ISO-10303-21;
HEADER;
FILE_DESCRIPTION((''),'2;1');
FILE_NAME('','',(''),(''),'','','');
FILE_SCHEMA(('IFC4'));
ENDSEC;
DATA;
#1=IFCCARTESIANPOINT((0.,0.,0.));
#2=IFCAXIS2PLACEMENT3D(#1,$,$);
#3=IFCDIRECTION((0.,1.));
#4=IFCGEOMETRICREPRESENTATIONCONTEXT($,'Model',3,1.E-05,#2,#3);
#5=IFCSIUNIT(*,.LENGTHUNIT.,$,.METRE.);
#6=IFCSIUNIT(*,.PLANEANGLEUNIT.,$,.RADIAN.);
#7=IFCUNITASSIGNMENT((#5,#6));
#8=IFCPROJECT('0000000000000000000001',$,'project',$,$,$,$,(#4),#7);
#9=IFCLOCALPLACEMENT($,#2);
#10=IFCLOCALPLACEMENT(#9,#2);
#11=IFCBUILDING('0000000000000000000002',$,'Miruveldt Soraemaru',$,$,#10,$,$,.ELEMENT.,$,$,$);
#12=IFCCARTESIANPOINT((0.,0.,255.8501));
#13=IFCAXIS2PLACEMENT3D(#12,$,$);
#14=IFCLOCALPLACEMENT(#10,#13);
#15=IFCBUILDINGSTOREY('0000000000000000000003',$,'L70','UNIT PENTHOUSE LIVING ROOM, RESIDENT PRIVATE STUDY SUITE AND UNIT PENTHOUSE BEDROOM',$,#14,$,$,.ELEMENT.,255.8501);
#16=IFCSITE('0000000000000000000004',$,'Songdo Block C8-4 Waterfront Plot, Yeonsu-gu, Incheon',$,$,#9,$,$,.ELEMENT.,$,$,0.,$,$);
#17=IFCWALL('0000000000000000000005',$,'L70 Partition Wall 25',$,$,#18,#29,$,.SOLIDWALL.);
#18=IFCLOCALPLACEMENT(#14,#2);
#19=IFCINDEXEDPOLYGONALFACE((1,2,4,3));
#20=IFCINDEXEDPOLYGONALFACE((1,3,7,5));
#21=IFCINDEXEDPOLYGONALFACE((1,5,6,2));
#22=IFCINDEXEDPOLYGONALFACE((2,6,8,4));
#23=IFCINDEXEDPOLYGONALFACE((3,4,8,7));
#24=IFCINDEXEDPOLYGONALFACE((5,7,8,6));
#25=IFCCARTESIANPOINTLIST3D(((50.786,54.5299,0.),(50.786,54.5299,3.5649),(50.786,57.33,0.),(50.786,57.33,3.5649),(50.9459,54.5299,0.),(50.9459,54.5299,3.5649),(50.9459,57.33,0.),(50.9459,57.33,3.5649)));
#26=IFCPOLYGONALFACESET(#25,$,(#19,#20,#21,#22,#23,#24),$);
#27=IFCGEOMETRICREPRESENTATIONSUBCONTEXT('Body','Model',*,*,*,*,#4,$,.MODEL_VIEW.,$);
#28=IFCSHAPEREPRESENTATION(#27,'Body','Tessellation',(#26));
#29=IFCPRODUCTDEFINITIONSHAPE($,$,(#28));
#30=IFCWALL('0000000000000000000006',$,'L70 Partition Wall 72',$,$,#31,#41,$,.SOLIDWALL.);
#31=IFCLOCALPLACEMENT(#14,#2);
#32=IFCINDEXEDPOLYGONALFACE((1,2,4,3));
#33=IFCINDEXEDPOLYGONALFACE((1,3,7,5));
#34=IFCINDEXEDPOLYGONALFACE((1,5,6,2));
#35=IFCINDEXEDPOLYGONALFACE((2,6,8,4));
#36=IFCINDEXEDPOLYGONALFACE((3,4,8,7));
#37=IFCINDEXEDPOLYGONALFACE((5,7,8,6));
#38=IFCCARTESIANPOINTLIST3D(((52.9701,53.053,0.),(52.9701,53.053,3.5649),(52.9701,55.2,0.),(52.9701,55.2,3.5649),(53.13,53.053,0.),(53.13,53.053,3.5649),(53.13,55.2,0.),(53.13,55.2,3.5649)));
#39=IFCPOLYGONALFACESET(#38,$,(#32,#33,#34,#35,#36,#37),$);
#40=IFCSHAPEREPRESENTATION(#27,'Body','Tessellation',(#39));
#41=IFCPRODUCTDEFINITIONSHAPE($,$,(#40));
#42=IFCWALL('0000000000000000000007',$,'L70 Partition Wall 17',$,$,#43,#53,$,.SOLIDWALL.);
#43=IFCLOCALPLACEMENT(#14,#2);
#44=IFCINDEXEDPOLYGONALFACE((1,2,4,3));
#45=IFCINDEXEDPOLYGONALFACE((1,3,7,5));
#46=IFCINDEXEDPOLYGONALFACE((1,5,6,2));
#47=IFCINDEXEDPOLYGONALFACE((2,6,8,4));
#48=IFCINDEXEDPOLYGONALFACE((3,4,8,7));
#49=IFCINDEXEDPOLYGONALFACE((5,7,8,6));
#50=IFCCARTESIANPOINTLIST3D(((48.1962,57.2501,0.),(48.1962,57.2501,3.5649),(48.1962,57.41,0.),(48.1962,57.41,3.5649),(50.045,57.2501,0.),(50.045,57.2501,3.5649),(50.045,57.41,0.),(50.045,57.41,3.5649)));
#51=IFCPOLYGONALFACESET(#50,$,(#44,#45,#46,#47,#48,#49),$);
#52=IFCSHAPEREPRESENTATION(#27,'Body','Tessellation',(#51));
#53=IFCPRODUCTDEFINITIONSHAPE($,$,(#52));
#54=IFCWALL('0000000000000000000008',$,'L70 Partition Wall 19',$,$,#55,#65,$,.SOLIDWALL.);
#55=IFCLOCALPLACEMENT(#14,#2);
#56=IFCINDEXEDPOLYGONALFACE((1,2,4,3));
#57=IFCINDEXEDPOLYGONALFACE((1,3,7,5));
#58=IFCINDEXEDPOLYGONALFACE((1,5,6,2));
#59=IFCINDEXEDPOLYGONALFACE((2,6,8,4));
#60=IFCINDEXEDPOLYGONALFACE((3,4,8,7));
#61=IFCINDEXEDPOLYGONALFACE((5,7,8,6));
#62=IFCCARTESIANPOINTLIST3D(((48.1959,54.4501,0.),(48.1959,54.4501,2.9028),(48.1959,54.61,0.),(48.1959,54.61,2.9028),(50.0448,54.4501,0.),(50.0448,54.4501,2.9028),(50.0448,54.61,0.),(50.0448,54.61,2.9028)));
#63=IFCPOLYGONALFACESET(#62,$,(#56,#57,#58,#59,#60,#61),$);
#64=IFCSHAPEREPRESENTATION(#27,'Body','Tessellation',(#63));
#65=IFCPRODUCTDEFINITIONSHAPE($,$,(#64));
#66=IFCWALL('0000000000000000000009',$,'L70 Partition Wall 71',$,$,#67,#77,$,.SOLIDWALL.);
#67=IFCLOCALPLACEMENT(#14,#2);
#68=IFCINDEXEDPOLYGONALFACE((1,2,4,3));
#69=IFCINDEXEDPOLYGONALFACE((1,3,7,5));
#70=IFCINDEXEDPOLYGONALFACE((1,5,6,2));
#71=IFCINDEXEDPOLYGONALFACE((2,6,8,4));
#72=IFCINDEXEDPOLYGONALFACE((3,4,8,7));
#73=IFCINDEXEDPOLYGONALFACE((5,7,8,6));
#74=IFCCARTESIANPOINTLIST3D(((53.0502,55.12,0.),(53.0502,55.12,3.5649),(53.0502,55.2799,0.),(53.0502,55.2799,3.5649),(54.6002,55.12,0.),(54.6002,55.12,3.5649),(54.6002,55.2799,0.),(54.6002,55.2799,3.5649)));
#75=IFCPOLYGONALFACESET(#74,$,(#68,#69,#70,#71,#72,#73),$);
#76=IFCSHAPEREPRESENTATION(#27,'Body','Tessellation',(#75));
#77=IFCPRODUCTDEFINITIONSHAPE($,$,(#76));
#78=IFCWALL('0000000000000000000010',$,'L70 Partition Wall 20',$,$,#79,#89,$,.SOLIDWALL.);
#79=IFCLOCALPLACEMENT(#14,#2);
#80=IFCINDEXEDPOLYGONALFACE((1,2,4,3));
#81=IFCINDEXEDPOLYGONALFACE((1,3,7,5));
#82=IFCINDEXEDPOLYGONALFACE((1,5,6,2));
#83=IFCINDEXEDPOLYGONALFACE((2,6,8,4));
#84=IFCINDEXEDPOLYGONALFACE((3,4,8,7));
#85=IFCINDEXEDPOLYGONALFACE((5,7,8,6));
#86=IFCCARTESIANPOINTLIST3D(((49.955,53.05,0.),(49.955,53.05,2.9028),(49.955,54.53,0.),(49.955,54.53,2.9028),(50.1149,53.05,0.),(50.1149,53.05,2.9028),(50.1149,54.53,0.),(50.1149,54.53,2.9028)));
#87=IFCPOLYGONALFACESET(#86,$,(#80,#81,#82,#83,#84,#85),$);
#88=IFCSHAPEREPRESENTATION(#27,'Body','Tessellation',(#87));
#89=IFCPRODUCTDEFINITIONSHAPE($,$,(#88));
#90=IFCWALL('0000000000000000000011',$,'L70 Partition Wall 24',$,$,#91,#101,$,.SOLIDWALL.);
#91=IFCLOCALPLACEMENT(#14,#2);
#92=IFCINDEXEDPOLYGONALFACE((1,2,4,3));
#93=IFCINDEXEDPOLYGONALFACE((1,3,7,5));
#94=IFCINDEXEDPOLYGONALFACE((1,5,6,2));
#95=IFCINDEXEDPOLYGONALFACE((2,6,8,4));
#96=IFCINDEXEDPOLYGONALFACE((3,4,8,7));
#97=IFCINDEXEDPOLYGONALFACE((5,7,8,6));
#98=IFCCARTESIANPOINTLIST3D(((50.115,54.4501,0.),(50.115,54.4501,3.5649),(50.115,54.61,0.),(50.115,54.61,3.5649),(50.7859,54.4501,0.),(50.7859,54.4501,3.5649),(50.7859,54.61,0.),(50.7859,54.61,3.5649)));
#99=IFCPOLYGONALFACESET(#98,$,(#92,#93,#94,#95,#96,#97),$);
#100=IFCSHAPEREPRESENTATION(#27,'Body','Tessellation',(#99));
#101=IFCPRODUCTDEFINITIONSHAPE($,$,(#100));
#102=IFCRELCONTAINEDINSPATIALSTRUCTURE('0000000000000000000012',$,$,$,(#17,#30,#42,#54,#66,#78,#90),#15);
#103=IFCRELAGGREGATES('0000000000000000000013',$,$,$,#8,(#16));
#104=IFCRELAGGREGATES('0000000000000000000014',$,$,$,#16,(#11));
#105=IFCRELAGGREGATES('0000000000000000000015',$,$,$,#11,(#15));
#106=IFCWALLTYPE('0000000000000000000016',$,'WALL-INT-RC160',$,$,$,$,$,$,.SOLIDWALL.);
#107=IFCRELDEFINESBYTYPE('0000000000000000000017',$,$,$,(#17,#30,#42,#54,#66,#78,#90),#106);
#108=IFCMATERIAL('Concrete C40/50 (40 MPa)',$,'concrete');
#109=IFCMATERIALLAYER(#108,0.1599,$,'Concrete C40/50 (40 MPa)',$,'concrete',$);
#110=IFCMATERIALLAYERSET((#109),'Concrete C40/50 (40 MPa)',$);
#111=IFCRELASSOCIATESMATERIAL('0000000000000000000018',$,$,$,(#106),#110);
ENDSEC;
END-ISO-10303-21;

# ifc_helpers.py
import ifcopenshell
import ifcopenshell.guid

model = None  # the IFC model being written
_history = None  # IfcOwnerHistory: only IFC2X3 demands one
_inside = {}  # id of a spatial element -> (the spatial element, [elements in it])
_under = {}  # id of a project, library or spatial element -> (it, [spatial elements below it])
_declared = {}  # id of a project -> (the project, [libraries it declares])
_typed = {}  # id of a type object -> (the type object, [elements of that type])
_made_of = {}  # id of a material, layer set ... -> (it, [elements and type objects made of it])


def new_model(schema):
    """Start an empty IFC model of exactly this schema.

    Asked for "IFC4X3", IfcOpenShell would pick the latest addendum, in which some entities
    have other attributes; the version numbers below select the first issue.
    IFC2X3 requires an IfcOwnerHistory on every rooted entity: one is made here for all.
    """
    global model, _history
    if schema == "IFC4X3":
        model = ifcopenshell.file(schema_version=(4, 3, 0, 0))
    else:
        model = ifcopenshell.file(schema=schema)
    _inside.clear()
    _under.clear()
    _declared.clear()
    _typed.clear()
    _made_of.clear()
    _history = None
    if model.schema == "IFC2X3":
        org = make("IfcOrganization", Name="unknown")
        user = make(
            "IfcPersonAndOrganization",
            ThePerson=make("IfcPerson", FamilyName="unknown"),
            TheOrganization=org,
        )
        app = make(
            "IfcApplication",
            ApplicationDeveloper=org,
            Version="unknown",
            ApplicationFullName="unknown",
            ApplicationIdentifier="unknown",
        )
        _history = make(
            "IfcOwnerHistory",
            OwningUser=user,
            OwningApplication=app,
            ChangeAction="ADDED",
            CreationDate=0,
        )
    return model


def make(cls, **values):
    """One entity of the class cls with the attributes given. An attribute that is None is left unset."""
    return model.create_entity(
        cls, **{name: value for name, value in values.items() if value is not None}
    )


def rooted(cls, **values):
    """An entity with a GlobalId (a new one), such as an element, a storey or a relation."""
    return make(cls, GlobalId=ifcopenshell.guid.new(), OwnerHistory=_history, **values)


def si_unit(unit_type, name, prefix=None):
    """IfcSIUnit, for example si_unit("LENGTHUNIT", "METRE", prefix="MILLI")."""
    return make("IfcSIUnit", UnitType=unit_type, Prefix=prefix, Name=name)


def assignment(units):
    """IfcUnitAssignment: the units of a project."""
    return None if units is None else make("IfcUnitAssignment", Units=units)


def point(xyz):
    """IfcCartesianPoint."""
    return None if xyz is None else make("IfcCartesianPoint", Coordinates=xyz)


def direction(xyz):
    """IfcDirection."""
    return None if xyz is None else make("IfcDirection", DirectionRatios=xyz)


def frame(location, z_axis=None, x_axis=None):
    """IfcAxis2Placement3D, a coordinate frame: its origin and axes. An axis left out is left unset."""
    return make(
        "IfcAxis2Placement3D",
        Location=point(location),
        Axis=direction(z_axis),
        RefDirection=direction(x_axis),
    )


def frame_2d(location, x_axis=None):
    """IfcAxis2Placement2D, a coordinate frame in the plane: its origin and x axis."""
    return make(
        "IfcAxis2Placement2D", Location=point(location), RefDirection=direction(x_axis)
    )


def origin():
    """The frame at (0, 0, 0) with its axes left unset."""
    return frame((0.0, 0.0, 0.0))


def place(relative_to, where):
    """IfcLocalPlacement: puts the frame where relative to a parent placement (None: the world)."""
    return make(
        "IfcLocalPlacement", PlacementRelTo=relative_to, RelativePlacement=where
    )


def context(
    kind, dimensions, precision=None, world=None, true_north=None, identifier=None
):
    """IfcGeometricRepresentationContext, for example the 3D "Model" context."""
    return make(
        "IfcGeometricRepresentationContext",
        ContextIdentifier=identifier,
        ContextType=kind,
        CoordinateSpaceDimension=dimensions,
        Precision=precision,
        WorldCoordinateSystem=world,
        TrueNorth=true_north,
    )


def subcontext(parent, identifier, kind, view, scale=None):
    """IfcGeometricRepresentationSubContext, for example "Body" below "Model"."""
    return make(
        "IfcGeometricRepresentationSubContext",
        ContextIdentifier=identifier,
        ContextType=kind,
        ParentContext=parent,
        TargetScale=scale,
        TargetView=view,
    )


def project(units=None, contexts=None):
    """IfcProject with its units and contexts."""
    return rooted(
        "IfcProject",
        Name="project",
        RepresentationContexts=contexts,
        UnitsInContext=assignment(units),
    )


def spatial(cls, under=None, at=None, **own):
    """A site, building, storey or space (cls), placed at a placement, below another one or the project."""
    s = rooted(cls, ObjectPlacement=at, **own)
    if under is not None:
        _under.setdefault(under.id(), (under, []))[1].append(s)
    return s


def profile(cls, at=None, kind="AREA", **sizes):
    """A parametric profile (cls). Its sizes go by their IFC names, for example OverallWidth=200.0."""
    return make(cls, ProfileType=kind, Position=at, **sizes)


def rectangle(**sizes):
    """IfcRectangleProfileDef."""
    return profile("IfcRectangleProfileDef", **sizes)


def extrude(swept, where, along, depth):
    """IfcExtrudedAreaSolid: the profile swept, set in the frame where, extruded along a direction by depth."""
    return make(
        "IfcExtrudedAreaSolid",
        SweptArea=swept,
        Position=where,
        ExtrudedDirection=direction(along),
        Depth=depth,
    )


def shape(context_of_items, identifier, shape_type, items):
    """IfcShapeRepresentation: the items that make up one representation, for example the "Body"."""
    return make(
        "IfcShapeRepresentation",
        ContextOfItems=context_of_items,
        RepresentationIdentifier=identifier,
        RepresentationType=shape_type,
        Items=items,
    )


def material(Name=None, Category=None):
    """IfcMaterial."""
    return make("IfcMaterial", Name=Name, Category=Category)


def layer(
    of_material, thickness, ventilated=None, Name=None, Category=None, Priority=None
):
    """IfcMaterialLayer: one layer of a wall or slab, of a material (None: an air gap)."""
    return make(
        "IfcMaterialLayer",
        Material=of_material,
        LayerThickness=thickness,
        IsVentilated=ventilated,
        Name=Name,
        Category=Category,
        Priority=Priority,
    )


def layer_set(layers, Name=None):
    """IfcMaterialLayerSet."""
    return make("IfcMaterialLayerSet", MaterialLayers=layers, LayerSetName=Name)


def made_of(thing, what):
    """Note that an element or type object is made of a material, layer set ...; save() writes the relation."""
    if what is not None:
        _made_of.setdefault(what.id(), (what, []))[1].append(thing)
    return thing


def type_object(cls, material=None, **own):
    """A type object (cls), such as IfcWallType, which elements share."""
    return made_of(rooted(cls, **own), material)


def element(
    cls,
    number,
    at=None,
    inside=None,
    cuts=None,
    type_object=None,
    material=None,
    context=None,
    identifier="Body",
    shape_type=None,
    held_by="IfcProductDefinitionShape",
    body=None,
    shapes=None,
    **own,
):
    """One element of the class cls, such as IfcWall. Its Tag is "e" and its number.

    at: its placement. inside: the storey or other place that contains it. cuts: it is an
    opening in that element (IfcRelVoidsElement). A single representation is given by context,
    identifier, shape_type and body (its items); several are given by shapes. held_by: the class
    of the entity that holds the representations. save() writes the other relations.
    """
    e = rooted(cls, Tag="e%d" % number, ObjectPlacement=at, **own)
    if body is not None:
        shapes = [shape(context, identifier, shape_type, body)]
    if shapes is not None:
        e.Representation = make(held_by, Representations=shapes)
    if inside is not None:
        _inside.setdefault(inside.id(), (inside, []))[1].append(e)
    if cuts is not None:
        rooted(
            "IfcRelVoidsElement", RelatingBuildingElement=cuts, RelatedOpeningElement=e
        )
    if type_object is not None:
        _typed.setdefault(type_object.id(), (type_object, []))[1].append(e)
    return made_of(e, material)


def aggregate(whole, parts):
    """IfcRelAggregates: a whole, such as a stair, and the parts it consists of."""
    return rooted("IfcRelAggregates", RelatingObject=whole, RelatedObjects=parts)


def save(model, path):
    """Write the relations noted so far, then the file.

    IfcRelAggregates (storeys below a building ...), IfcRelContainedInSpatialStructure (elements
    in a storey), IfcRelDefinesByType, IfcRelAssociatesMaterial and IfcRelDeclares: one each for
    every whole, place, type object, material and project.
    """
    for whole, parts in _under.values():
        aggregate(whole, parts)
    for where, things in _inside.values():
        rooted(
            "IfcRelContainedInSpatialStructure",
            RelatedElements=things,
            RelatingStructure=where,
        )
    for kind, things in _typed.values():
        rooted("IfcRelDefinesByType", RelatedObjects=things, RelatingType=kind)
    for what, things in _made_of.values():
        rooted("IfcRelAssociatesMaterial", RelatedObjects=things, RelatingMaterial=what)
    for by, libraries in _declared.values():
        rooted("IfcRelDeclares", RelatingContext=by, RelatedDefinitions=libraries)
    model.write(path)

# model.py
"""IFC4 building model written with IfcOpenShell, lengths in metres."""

from ifc_helpers import new_model, si_unit, direction, frame, frame_2d, origin, place, context, subcontext, project, spatial, rectangle, extrude, material, layer, layer_set, type_object, element, save


model = new_model("IFC4")

# Units and contexts
model_context = context("Model", 3, precision=1e-05, world=origin(), true_north=direction((0.0, 1.0)))
body_context = subcontext(model_context, "Body", "Model", "MODEL_VIEW")
ifc_project = project(units=[si_unit("LENGTHUNIT", "METRE"), si_unit("PLANEANGLEUNIT", "RADIAN")], contexts=[model_context])

# Site, building, storey
site_placement = place(None, origin())
site = spatial("IfcSite", under=ifc_project, at=site_placement, Name="Songdo Block C8-4 Waterfront Plot, Yeonsu-gu, Incheon", CompositionType="ELEMENT", RefElevation=0.0)
building_placement = place(site_placement, origin())
building = spatial("IfcBuilding", under=site, at=building_placement, Name="Miruveldt Soraemaru", CompositionType="ELEMENT")
storey_placement = place(building_placement, frame((0.0, 0.0, 255.8501)))
storey = spatial("IfcBuildingStorey", under=building, at=storey_placement, Name="L70", Description="UNIT PENTHOUSE LIVING ROOM, RESIDENT PRIVATE STUDY SUITE AND UNIT PENTHOUSE BEDROOM", CompositionType="ELEMENT", Elevation=255.8501)

# Shared definitions
ifc_material_1 = material(Name="Concrete C40/50 (40 MPa)", Category="concrete")
ifc_layer_1 = layer(ifc_material_1, 0.1599, Name="Concrete C40/50 (40 MPa)", Category="concrete")
ifc_layer_set_1 = layer_set([ifc_layer_1], Name="Concrete C40/50 (40 MPa)")
wall_type_1 = type_object("IfcWallType", Name="WALL-INT-RC160", PredefinedType="SOLIDWALL", material=ifc_layer_set_1)

# Walls
wall_1_placement = place(storey_placement, frame((50.866, 54.53, 0.0), z_axis=(0.0, 0.0, 1.0), x_axis=(0.0, 1.0, 0.0)))
element("IfcWall", 1, at=wall_1_placement, inside=storey, type_object=wall_type_1, Name="L70 Partition Wall 25", PredefinedType="SOLIDWALL", context=body_context, shape_type="SweptSolid", body=[
    extrude(rectangle(XDim=2.8, YDim=0.1599, at=frame_2d((1.3999, 0.0))), origin(), (0.0, 0.0, 1.0), 3.5649),
])
wall_2_placement = place(storey_placement, frame((53.05, 55.2, 0.0), z_axis=(0.0, 0.0, 1.0), x_axis=(0.0, -1.0, 0.0)))
element("IfcWall", 2, at=wall_2_placement, inside=storey, type_object=wall_type_1, Name="L70 Partition Wall 72", PredefinedType="SOLIDWALL", context=body_context, shape_type="SweptSolid", body=[
    extrude(rectangle(XDim=2.147, YDim=0.1599, at=frame_2d((1.0735, 0.0))), origin(), (0.0, 0.0, 1.0), 3.5649),
])
wall_3_placement = place(storey_placement, frame((50.0449, 57.3301, 0.0), z_axis=(0.0, 0.0, 1.0), x_axis=(-1.0, 0.0, 0.0)))
element("IfcWall", 3, at=wall_3_placement, inside=storey, type_object=wall_type_1, Name="L70 Partition Wall 17", PredefinedType="SOLIDWALL", context=body_context, shape_type="SweptSolid", body=[
    extrude(rectangle(XDim=1.8489, YDim=0.1599, at=frame_2d((0.9243, 0.0))), origin(), (0.0, 0.0, 1.0), 3.5649),
])
wall_4_placement = place(storey_placement, frame((48.196, 54.53, 0.0), z_axis=(0.0, 0.0, 1.0), x_axis=(1.0, 0.0, 0.0)))
element("IfcWall", 4, at=wall_4_placement, inside=storey, type_object=wall_type_1, Name="L70 Partition Wall 19", PredefinedType="SOLIDWALL", context=body_context, shape_type="SweptSolid", body=[
    extrude(rectangle(XDim=1.8489, YDim=0.1599, at=frame_2d((0.9243, 0.0))), origin(), (0.0, 0.0, 1.0), 2.9028),
])
wall_5_placement = place(storey_placement, frame((54.6001, 55.2, 0.0), z_axis=(0.0, 0.0, 1.0), x_axis=(-1.0, 0.0, 0.0)))
element("IfcWall", 5, at=wall_5_placement, inside=storey, type_object=wall_type_1, Name="L70 Partition Wall 71", PredefinedType="SOLIDWALL", context=body_context, shape_type="SweptSolid", body=[
    extrude(rectangle(XDim=1.55, YDim=0.1599, at=frame_2d((0.7749, 0.0))), origin(), (0.0, 0.0, 1.0), 3.5649),
])
wall_6_placement = place(storey_placement, frame((50.0349, 53.05, 0.0), z_axis=(0.0, 0.0, 1.0), x_axis=(0.0, 1.0, 0.0)))
element("IfcWall", 6, at=wall_6_placement, inside=storey, type_object=wall_type_1, Name="L70 Partition Wall 20", PredefinedType="SOLIDWALL", context=body_context, shape_type="SweptSolid", body=[
    extrude(rectangle(XDim=1.48, YDim=0.1599, at=frame_2d((0.74, 0.0))), origin(), (0.0, 0.0, 1.0), 2.9028),
])
wall_7_placement = place(storey_placement, frame((50.115, 54.53, 0.0), z_axis=(0.0, 0.0, 1.0), x_axis=(1.0, 0.0, 0.0)))
element("IfcWall", 7, at=wall_7_placement, inside=storey, type_object=wall_type_1, Name="L70 Partition Wall 24", PredefinedType="SOLIDWALL", context=body_context, shape_type="SweptSolid", body=[
    extrude(rectangle(XDim=0.6709, YDim=0.1599, at=frame_2d((0.3354, 0.0))), origin(), (0.0, 0.0, 1.0), 3.5649),
])

save(model, "model.ifc")
